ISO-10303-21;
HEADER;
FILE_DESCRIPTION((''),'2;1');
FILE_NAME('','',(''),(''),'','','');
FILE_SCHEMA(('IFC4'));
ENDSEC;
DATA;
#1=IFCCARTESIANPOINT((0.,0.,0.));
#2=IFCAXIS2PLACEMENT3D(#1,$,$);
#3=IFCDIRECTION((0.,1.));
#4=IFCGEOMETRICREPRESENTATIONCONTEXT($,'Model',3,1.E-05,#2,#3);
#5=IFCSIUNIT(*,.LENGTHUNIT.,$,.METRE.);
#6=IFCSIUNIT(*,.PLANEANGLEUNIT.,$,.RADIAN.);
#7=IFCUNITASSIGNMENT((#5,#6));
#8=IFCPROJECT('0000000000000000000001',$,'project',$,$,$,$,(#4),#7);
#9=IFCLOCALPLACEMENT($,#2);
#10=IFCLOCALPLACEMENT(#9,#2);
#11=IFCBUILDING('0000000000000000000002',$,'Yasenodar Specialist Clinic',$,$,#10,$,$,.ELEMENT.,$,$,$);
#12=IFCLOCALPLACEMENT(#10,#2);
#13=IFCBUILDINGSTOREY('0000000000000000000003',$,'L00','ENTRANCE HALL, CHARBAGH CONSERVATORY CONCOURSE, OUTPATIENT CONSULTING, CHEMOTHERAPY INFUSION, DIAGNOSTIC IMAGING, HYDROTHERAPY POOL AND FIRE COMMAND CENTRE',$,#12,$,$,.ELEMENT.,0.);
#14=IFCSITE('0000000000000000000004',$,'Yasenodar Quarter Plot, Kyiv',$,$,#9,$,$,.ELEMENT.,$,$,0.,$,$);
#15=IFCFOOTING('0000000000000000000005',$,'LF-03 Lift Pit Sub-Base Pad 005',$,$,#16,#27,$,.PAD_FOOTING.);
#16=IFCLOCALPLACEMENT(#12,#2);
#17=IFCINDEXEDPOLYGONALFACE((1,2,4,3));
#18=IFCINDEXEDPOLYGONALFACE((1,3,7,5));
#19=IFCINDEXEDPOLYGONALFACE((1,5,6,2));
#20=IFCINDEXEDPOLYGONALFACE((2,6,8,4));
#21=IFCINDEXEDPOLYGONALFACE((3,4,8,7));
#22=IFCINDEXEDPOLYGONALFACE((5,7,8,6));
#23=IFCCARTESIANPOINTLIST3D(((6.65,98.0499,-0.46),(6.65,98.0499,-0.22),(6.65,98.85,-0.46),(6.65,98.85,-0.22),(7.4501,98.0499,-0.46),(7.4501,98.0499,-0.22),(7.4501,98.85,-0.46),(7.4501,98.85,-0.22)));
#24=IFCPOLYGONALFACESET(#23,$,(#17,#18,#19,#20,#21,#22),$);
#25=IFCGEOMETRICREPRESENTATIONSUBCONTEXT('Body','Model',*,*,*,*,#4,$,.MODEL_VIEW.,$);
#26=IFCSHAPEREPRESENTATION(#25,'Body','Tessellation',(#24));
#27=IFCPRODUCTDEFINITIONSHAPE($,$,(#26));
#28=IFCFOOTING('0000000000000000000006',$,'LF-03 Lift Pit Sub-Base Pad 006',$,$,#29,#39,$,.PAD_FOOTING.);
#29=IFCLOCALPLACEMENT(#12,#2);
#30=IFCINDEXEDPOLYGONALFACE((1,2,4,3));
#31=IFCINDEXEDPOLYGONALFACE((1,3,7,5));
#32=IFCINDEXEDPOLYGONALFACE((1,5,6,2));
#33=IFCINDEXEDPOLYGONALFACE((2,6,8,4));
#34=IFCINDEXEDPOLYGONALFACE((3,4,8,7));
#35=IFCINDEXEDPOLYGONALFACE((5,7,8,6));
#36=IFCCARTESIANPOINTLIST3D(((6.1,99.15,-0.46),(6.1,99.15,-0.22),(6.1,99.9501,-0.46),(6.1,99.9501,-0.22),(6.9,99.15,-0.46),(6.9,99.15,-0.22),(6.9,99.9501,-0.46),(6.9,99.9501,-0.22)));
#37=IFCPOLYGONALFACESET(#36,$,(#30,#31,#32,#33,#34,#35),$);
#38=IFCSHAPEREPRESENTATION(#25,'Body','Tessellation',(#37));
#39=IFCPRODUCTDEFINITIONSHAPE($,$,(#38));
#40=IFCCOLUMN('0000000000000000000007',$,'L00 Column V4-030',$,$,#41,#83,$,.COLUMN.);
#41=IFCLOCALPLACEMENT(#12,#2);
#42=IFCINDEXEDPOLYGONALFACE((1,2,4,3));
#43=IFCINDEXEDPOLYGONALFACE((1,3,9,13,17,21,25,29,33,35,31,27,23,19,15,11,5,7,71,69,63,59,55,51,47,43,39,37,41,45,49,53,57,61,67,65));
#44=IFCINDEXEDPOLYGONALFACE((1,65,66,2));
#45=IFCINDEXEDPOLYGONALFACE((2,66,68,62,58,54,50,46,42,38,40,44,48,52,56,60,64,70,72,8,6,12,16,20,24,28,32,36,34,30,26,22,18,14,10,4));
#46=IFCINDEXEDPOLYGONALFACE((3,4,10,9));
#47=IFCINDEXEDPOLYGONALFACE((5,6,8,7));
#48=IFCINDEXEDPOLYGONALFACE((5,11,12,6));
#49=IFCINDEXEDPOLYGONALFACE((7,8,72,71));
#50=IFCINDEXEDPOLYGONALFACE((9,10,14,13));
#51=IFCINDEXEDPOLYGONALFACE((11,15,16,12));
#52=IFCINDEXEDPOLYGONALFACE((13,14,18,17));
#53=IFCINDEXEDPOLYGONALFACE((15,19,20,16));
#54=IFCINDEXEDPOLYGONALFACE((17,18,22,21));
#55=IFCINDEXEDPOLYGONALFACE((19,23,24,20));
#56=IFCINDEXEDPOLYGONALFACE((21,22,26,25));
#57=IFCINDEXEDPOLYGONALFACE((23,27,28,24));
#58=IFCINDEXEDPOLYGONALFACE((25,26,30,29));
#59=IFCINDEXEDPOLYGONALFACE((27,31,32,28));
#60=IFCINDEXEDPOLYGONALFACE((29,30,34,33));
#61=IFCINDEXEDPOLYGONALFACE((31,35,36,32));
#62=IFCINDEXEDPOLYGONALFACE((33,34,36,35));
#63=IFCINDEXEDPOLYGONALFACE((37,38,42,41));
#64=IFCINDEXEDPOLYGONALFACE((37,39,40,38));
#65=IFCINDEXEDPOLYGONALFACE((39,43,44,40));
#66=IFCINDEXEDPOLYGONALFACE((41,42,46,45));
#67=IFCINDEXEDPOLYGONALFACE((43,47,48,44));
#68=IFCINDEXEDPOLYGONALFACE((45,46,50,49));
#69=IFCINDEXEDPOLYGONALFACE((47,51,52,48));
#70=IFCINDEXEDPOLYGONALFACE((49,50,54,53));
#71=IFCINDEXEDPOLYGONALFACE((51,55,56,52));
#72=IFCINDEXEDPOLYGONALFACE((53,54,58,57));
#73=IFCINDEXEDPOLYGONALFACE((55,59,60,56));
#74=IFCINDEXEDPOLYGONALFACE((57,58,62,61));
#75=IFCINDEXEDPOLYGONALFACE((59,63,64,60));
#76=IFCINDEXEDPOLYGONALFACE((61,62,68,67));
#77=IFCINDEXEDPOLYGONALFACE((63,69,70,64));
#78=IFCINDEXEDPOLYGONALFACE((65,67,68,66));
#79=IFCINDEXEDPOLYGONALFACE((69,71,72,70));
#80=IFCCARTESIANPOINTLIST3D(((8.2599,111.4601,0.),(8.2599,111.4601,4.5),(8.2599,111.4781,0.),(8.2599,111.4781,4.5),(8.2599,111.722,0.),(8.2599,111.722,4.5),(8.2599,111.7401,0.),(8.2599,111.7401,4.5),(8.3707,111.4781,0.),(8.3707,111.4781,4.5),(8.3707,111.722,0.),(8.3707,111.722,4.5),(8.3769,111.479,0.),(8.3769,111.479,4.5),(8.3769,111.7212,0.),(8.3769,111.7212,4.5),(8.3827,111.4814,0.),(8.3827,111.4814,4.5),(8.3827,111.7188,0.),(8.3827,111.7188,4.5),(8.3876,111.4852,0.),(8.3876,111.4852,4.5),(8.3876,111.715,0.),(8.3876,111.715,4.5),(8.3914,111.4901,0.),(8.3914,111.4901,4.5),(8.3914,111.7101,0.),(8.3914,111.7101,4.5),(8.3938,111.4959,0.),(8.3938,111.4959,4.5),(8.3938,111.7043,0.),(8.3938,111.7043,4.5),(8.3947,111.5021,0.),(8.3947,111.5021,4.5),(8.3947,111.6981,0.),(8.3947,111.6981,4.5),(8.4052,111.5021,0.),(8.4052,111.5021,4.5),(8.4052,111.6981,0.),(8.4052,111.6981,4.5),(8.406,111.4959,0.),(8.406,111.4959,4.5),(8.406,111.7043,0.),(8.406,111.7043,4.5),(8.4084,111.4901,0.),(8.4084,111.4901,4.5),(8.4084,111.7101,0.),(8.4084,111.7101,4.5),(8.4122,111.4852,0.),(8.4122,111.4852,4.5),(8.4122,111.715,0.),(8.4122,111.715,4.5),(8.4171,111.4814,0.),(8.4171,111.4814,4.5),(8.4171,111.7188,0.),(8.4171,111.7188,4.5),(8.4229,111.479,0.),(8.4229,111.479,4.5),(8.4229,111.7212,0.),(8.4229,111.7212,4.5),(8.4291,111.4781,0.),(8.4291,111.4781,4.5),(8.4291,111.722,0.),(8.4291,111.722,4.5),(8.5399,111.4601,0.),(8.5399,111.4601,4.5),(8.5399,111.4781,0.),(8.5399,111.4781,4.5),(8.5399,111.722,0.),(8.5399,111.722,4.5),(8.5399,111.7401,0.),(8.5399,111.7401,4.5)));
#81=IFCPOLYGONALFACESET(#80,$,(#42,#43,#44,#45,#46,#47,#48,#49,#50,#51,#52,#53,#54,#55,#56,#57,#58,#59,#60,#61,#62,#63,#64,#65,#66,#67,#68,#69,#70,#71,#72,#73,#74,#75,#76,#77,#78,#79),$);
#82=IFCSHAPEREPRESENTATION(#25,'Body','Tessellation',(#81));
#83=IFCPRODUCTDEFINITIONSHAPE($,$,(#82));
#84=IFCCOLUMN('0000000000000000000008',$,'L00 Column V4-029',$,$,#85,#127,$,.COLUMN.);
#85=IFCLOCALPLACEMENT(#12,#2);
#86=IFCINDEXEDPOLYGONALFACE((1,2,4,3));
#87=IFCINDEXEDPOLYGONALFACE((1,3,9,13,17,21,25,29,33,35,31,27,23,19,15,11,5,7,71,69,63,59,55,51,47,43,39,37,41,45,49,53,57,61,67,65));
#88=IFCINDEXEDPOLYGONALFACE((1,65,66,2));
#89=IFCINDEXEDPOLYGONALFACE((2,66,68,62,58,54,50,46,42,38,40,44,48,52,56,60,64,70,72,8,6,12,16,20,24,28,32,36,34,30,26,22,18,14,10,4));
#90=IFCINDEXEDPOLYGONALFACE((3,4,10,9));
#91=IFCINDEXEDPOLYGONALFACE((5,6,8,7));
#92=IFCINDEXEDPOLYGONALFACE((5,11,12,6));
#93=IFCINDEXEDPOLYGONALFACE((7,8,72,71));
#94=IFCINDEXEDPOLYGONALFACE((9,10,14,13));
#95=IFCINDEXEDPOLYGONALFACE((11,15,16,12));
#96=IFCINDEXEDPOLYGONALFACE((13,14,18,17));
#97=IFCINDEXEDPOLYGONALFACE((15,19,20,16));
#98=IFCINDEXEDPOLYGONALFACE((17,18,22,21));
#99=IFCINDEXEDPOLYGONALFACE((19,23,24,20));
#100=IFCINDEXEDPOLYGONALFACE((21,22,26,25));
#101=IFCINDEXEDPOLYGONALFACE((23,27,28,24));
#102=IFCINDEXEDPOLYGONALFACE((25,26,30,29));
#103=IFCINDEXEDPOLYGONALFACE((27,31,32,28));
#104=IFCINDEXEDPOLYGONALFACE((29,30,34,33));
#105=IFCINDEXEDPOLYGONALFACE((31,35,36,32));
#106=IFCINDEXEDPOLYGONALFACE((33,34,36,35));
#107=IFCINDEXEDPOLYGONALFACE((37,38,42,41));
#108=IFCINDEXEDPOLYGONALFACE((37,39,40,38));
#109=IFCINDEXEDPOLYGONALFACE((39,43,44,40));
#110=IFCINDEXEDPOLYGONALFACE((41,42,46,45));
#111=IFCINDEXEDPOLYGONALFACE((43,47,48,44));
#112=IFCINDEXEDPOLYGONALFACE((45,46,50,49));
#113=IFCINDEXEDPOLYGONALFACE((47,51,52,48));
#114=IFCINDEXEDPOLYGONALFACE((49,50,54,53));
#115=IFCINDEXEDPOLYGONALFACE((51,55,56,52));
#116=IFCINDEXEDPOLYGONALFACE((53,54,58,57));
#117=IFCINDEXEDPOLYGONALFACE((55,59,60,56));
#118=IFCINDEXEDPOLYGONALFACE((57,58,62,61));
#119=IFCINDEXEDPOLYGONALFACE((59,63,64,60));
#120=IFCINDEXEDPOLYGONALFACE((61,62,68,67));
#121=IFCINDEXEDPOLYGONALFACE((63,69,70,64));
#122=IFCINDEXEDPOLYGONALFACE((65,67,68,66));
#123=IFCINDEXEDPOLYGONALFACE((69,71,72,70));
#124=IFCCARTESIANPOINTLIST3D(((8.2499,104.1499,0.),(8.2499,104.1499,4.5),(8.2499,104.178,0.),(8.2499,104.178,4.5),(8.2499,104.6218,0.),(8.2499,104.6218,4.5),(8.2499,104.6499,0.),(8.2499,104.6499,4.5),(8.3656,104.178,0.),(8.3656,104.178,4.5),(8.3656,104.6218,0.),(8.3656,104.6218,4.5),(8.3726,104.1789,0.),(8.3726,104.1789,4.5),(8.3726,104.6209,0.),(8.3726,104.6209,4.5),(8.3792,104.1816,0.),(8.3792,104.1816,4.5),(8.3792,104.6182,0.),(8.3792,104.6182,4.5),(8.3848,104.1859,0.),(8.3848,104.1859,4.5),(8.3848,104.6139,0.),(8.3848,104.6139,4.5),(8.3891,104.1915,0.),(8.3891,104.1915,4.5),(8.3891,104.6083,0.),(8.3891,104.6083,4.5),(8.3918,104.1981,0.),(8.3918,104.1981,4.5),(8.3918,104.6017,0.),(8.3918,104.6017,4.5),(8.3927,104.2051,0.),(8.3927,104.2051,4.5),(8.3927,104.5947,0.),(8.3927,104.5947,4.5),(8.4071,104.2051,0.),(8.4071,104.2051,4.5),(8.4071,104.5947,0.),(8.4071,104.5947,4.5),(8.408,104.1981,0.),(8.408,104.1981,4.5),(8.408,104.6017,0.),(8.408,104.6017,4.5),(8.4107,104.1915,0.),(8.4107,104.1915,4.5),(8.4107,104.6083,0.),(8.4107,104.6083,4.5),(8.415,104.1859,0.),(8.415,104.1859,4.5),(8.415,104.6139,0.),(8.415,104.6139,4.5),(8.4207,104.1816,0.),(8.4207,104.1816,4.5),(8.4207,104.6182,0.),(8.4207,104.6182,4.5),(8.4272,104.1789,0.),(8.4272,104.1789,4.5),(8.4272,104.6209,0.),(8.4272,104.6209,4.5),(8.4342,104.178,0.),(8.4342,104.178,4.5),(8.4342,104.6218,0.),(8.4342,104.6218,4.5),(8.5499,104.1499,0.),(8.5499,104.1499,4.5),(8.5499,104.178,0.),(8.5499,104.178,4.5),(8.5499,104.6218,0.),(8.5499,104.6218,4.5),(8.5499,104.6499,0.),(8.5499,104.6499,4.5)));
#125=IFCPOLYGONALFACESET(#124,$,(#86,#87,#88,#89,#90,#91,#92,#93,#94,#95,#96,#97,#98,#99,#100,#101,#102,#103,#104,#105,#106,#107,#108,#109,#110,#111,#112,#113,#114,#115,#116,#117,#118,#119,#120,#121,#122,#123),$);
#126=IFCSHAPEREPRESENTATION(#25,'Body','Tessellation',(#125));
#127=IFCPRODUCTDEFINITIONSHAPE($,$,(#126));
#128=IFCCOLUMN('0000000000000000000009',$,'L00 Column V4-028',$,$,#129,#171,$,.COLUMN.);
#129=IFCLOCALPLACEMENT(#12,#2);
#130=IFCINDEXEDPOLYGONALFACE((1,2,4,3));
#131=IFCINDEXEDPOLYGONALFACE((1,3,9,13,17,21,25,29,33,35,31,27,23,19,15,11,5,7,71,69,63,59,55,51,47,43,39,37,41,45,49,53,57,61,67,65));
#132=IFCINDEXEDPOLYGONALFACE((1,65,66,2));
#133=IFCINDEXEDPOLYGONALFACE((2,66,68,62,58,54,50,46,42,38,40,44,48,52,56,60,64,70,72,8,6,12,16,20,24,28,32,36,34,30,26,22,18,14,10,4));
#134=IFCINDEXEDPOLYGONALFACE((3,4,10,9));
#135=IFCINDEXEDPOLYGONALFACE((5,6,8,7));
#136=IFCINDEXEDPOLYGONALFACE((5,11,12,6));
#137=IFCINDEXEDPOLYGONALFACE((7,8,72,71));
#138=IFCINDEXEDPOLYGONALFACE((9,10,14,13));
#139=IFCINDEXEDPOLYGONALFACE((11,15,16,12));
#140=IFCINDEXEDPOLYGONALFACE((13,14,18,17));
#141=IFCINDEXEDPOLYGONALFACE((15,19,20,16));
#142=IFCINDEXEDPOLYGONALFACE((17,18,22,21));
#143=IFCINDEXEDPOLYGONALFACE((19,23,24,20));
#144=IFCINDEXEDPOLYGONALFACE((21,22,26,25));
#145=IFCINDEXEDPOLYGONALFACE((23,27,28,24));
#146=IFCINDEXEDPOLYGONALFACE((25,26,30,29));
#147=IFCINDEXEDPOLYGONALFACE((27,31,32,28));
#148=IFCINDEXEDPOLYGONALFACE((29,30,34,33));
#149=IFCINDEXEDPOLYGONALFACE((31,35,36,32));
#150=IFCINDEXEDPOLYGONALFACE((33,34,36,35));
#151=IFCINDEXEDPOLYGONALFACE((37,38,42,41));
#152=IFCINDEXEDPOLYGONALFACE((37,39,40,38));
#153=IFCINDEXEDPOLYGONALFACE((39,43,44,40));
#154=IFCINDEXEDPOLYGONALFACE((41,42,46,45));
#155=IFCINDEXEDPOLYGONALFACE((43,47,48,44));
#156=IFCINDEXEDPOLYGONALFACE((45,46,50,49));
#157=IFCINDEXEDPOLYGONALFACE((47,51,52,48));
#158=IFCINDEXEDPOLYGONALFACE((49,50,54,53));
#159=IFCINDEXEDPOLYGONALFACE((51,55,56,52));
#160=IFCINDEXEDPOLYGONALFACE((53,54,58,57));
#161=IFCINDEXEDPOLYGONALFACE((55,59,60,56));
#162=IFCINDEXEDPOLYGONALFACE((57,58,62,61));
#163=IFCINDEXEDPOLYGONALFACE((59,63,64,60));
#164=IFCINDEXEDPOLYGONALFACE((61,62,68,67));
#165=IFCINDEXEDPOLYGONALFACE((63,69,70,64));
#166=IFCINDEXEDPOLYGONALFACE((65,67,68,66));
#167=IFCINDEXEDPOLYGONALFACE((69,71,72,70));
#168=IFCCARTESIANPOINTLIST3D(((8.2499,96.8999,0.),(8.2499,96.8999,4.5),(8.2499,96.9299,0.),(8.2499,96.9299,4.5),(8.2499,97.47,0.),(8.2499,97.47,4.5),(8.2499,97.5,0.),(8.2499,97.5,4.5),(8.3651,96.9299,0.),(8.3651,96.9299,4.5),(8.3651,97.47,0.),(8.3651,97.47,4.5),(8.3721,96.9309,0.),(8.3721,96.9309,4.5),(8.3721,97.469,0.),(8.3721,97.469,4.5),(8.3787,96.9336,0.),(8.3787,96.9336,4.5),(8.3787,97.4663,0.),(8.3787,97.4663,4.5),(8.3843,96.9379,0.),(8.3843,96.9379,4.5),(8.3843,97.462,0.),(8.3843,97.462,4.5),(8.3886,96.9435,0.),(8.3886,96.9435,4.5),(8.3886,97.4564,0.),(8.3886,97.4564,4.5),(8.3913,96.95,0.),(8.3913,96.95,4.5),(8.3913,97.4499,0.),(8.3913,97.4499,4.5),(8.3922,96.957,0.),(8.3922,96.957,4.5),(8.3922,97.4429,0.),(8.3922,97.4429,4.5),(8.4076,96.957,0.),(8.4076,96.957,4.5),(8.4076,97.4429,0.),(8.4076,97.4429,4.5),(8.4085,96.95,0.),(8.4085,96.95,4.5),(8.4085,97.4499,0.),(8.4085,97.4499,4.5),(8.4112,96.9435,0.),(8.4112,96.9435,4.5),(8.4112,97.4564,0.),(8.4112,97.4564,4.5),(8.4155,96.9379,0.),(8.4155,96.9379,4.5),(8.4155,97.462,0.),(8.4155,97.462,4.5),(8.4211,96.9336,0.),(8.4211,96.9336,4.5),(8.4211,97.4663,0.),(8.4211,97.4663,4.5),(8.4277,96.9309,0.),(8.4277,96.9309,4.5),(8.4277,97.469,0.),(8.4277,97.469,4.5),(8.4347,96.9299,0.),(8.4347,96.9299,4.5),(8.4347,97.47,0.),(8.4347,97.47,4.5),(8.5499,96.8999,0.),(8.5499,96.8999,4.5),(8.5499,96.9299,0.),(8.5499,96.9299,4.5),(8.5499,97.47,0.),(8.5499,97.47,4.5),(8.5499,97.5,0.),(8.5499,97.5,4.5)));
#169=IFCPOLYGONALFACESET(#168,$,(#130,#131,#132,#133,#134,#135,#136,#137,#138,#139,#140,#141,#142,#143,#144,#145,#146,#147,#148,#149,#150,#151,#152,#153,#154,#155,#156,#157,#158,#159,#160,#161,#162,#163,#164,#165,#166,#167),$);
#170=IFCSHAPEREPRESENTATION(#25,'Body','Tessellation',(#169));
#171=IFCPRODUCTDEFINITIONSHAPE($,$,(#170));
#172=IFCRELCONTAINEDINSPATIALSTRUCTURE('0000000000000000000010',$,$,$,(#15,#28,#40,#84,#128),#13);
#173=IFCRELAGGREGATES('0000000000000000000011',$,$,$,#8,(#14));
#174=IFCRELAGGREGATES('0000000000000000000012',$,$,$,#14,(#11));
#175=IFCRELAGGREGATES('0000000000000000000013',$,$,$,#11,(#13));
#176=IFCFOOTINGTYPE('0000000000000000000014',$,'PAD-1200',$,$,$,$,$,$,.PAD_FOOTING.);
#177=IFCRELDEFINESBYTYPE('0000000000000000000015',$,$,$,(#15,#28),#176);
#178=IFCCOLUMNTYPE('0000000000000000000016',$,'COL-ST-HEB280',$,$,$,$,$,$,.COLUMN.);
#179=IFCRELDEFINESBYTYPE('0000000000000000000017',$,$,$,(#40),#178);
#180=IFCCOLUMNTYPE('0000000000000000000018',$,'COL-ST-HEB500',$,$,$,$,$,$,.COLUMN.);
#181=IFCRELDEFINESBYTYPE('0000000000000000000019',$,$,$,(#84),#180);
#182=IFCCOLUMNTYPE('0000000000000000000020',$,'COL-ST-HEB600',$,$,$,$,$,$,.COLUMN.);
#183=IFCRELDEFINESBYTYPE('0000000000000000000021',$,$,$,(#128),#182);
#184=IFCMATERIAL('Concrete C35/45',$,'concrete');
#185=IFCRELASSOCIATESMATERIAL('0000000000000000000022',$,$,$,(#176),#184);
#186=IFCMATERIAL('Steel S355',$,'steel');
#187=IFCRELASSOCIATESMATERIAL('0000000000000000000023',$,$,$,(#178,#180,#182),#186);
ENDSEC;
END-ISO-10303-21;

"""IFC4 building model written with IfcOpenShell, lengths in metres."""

from ifc_helpers import new_model, si_unit, direction, frame, origin, origin_2d, place, context, subcontext, project, spatial, rectangle, i_section, extrude, material, material_profile, profile_set, type_object, element, save


model = new_model("IFC4")

# Units and contexts
model_context = context("Model", 3, precision=1e-05, world=origin(), true_north=direction((0.0, 1.0)))
body_context = subcontext(model_context, "Body", "Model", "MODEL_VIEW")
ifc_project = project(units=[si_unit("LENGTHUNIT", "METRE"), si_unit("PLANEANGLEUNIT", "RADIAN")], contexts=[model_context])

# Site, building, storey
site_placement = place(None, origin())
site = spatial("IfcSite", under=ifc_project, at=site_placement, Name="Yasenodar Quarter Plot, Kyiv", CompositionType="ELEMENT", RefElevation=0.0)
building_placement = place(site_placement, origin())
building = spatial("IfcBuilding", under=site, at=building_placement, Name="Yasenodar Specialist Clinic", CompositionType="ELEMENT")
storey_placement = place(building_placement, origin())
storey = spatial("IfcBuildingStorey", under=building, at=storey_placement, Name="L00", Description="ENTRANCE HALL, CHARBAGH CONSERVATORY CONCOURSE, OUTPATIENT CONSULTING, CHEMOTHERAPY INFUSION, DIAGNOSTIC IMAGING, HYDROTHERAPY POOL AND FIRE COMMAND CENTRE", CompositionType="ELEMENT", Elevation=0.0)

# Footings
ifc_material_1 = material(Name="Concrete C35/45", Category="concrete")
footing_type = type_object("IfcFootingType", Name="PAD-1200", PredefinedType="PAD_FOOTING", material=ifc_material_1)
for number, where, z_axis, x_axis, name in (
    (1, (7.05, 98.45, -0.46), (0.0, 0.0, 1.0), (1.0, 0.0, 0.0), "LF-03 Lift Pit Sub-Base Pad 005"),
    (2, (6.5, 99.55, -0.46), (0.0, 0.0, 1.0), (1.0, 0.0, 0.0), "LF-03 Lift Pit Sub-Base Pad 006"),
):
    element("IfcFooting", number, at=place(storey_placement, frame(where, z_axis=z_axis, x_axis=x_axis)), inside=storey, type_object=footing_type, Name=name, PredefinedType="PAD_FOOTING", context=body_context, shape_type="SweptSolid", body=[
        extrude(rectangle(XDim=0.8, YDim=0.8, at=origin_2d()), origin(), (0.0, 0.0, 1.0), 0.24),
    ])

# Columns
ifc_material_2 = material(Name="Steel S355", Category="steel")
ifc_material_profile_1 = material_profile(ifc_material_2, i_section(OverallWidth=0.28, OverallDepth=0.28, WebThickness=0.0105, FlangeThickness=0.0181, FilletRadius=0.0239, at=origin_2d()), Name="HEB 280")
ifc_profile_set_1 = profile_set([ifc_material_profile_1], Name="Steel S355")
column_type_1 = type_object("IfcColumnType", Name="COL-ST-HEB280", PredefinedType="COLUMN", material=ifc_profile_set_1)
column_1_placement = place(storey_placement, frame((8.3999, 111.6001, 0.0), z_axis=(0.0, 0.0, 1.0), x_axis=(1.0, 0.0, 0.0)))
element("IfcColumn", 3, at=column_1_placement, inside=storey, type_object=column_type_1, Name="L00 Column V4-030", PredefinedType="COLUMN", context=body_context, shape_type="SweptSolid", body=[
    extrude(i_section(OverallWidth=0.28, OverallDepth=0.28, WebThickness=0.0105, FlangeThickness=0.0181, FilletRadius=0.0239, at=origin_2d()), origin(), (0.0, 0.0, 1.0), 4.5),
])
ifc_material_profile_2 = material_profile(ifc_material_2, i_section(OverallWidth=0.3, OverallDepth=0.5, WebThickness=0.0144, FlangeThickness=0.0281, FilletRadius=0.0271, at=origin_2d()), Name="HEB 500")
ifc_profile_set_2 = profile_set([ifc_material_profile_2], Name="Steel S355")
column_type_2 = type_object("IfcColumnType", Name="COL-ST-HEB500", PredefinedType="COLUMN", material=ifc_profile_set_2)
column_2_placement = place(storey_placement, frame((8.3999, 104.3999, 0.0), z_axis=(0.0, 0.0, 1.0), x_axis=(1.0, 0.0, 0.0)))
element("IfcColumn", 4, at=column_2_placement, inside=storey, type_object=column_type_2, Name="L00 Column V4-029", PredefinedType="COLUMN", context=body_context, shape_type="SweptSolid", body=[
    extrude(i_section(OverallWidth=0.3, OverallDepth=0.5, WebThickness=0.0144, FlangeThickness=0.0281, FilletRadius=0.0271, at=origin_2d()), origin(), (0.0, 0.0, 1.0), 4.5),
])
ifc_material_profile_3 = material_profile(ifc_material_2, i_section(OverallWidth=0.3, OverallDepth=0.6001, WebThickness=0.0154, FlangeThickness=0.03, FilletRadius=0.0271, at=origin_2d()), Name="HEB 600")
ifc_profile_set_3 = profile_set([ifc_material_profile_3], Name="Steel S355")
column_type_3 = type_object("IfcColumnType", Name="COL-ST-HEB600", PredefinedType="COLUMN", material=ifc_profile_set_3)
column_3_placement = place(storey_placement, frame((8.3999, 97.2, 0.0), z_axis=(0.0, 0.0, 1.0), x_axis=(1.0, 0.0, 0.0)))
element("IfcColumn", 5, at=column_3_placement, inside=storey, type_object=column_type_3, Name="L00 Column V4-028", PredefinedType="COLUMN", context=body_context, shape_type="SweptSolid", body=[
    extrude(i_section(OverallWidth=0.3, OverallDepth=0.6001, WebThickness=0.0154, FlangeThickness=0.03, FilletRadius=0.0271, at=origin_2d()), origin(), (0.0, 0.0, 1.0), 4.5),
])

save(model, "model.ifc")
